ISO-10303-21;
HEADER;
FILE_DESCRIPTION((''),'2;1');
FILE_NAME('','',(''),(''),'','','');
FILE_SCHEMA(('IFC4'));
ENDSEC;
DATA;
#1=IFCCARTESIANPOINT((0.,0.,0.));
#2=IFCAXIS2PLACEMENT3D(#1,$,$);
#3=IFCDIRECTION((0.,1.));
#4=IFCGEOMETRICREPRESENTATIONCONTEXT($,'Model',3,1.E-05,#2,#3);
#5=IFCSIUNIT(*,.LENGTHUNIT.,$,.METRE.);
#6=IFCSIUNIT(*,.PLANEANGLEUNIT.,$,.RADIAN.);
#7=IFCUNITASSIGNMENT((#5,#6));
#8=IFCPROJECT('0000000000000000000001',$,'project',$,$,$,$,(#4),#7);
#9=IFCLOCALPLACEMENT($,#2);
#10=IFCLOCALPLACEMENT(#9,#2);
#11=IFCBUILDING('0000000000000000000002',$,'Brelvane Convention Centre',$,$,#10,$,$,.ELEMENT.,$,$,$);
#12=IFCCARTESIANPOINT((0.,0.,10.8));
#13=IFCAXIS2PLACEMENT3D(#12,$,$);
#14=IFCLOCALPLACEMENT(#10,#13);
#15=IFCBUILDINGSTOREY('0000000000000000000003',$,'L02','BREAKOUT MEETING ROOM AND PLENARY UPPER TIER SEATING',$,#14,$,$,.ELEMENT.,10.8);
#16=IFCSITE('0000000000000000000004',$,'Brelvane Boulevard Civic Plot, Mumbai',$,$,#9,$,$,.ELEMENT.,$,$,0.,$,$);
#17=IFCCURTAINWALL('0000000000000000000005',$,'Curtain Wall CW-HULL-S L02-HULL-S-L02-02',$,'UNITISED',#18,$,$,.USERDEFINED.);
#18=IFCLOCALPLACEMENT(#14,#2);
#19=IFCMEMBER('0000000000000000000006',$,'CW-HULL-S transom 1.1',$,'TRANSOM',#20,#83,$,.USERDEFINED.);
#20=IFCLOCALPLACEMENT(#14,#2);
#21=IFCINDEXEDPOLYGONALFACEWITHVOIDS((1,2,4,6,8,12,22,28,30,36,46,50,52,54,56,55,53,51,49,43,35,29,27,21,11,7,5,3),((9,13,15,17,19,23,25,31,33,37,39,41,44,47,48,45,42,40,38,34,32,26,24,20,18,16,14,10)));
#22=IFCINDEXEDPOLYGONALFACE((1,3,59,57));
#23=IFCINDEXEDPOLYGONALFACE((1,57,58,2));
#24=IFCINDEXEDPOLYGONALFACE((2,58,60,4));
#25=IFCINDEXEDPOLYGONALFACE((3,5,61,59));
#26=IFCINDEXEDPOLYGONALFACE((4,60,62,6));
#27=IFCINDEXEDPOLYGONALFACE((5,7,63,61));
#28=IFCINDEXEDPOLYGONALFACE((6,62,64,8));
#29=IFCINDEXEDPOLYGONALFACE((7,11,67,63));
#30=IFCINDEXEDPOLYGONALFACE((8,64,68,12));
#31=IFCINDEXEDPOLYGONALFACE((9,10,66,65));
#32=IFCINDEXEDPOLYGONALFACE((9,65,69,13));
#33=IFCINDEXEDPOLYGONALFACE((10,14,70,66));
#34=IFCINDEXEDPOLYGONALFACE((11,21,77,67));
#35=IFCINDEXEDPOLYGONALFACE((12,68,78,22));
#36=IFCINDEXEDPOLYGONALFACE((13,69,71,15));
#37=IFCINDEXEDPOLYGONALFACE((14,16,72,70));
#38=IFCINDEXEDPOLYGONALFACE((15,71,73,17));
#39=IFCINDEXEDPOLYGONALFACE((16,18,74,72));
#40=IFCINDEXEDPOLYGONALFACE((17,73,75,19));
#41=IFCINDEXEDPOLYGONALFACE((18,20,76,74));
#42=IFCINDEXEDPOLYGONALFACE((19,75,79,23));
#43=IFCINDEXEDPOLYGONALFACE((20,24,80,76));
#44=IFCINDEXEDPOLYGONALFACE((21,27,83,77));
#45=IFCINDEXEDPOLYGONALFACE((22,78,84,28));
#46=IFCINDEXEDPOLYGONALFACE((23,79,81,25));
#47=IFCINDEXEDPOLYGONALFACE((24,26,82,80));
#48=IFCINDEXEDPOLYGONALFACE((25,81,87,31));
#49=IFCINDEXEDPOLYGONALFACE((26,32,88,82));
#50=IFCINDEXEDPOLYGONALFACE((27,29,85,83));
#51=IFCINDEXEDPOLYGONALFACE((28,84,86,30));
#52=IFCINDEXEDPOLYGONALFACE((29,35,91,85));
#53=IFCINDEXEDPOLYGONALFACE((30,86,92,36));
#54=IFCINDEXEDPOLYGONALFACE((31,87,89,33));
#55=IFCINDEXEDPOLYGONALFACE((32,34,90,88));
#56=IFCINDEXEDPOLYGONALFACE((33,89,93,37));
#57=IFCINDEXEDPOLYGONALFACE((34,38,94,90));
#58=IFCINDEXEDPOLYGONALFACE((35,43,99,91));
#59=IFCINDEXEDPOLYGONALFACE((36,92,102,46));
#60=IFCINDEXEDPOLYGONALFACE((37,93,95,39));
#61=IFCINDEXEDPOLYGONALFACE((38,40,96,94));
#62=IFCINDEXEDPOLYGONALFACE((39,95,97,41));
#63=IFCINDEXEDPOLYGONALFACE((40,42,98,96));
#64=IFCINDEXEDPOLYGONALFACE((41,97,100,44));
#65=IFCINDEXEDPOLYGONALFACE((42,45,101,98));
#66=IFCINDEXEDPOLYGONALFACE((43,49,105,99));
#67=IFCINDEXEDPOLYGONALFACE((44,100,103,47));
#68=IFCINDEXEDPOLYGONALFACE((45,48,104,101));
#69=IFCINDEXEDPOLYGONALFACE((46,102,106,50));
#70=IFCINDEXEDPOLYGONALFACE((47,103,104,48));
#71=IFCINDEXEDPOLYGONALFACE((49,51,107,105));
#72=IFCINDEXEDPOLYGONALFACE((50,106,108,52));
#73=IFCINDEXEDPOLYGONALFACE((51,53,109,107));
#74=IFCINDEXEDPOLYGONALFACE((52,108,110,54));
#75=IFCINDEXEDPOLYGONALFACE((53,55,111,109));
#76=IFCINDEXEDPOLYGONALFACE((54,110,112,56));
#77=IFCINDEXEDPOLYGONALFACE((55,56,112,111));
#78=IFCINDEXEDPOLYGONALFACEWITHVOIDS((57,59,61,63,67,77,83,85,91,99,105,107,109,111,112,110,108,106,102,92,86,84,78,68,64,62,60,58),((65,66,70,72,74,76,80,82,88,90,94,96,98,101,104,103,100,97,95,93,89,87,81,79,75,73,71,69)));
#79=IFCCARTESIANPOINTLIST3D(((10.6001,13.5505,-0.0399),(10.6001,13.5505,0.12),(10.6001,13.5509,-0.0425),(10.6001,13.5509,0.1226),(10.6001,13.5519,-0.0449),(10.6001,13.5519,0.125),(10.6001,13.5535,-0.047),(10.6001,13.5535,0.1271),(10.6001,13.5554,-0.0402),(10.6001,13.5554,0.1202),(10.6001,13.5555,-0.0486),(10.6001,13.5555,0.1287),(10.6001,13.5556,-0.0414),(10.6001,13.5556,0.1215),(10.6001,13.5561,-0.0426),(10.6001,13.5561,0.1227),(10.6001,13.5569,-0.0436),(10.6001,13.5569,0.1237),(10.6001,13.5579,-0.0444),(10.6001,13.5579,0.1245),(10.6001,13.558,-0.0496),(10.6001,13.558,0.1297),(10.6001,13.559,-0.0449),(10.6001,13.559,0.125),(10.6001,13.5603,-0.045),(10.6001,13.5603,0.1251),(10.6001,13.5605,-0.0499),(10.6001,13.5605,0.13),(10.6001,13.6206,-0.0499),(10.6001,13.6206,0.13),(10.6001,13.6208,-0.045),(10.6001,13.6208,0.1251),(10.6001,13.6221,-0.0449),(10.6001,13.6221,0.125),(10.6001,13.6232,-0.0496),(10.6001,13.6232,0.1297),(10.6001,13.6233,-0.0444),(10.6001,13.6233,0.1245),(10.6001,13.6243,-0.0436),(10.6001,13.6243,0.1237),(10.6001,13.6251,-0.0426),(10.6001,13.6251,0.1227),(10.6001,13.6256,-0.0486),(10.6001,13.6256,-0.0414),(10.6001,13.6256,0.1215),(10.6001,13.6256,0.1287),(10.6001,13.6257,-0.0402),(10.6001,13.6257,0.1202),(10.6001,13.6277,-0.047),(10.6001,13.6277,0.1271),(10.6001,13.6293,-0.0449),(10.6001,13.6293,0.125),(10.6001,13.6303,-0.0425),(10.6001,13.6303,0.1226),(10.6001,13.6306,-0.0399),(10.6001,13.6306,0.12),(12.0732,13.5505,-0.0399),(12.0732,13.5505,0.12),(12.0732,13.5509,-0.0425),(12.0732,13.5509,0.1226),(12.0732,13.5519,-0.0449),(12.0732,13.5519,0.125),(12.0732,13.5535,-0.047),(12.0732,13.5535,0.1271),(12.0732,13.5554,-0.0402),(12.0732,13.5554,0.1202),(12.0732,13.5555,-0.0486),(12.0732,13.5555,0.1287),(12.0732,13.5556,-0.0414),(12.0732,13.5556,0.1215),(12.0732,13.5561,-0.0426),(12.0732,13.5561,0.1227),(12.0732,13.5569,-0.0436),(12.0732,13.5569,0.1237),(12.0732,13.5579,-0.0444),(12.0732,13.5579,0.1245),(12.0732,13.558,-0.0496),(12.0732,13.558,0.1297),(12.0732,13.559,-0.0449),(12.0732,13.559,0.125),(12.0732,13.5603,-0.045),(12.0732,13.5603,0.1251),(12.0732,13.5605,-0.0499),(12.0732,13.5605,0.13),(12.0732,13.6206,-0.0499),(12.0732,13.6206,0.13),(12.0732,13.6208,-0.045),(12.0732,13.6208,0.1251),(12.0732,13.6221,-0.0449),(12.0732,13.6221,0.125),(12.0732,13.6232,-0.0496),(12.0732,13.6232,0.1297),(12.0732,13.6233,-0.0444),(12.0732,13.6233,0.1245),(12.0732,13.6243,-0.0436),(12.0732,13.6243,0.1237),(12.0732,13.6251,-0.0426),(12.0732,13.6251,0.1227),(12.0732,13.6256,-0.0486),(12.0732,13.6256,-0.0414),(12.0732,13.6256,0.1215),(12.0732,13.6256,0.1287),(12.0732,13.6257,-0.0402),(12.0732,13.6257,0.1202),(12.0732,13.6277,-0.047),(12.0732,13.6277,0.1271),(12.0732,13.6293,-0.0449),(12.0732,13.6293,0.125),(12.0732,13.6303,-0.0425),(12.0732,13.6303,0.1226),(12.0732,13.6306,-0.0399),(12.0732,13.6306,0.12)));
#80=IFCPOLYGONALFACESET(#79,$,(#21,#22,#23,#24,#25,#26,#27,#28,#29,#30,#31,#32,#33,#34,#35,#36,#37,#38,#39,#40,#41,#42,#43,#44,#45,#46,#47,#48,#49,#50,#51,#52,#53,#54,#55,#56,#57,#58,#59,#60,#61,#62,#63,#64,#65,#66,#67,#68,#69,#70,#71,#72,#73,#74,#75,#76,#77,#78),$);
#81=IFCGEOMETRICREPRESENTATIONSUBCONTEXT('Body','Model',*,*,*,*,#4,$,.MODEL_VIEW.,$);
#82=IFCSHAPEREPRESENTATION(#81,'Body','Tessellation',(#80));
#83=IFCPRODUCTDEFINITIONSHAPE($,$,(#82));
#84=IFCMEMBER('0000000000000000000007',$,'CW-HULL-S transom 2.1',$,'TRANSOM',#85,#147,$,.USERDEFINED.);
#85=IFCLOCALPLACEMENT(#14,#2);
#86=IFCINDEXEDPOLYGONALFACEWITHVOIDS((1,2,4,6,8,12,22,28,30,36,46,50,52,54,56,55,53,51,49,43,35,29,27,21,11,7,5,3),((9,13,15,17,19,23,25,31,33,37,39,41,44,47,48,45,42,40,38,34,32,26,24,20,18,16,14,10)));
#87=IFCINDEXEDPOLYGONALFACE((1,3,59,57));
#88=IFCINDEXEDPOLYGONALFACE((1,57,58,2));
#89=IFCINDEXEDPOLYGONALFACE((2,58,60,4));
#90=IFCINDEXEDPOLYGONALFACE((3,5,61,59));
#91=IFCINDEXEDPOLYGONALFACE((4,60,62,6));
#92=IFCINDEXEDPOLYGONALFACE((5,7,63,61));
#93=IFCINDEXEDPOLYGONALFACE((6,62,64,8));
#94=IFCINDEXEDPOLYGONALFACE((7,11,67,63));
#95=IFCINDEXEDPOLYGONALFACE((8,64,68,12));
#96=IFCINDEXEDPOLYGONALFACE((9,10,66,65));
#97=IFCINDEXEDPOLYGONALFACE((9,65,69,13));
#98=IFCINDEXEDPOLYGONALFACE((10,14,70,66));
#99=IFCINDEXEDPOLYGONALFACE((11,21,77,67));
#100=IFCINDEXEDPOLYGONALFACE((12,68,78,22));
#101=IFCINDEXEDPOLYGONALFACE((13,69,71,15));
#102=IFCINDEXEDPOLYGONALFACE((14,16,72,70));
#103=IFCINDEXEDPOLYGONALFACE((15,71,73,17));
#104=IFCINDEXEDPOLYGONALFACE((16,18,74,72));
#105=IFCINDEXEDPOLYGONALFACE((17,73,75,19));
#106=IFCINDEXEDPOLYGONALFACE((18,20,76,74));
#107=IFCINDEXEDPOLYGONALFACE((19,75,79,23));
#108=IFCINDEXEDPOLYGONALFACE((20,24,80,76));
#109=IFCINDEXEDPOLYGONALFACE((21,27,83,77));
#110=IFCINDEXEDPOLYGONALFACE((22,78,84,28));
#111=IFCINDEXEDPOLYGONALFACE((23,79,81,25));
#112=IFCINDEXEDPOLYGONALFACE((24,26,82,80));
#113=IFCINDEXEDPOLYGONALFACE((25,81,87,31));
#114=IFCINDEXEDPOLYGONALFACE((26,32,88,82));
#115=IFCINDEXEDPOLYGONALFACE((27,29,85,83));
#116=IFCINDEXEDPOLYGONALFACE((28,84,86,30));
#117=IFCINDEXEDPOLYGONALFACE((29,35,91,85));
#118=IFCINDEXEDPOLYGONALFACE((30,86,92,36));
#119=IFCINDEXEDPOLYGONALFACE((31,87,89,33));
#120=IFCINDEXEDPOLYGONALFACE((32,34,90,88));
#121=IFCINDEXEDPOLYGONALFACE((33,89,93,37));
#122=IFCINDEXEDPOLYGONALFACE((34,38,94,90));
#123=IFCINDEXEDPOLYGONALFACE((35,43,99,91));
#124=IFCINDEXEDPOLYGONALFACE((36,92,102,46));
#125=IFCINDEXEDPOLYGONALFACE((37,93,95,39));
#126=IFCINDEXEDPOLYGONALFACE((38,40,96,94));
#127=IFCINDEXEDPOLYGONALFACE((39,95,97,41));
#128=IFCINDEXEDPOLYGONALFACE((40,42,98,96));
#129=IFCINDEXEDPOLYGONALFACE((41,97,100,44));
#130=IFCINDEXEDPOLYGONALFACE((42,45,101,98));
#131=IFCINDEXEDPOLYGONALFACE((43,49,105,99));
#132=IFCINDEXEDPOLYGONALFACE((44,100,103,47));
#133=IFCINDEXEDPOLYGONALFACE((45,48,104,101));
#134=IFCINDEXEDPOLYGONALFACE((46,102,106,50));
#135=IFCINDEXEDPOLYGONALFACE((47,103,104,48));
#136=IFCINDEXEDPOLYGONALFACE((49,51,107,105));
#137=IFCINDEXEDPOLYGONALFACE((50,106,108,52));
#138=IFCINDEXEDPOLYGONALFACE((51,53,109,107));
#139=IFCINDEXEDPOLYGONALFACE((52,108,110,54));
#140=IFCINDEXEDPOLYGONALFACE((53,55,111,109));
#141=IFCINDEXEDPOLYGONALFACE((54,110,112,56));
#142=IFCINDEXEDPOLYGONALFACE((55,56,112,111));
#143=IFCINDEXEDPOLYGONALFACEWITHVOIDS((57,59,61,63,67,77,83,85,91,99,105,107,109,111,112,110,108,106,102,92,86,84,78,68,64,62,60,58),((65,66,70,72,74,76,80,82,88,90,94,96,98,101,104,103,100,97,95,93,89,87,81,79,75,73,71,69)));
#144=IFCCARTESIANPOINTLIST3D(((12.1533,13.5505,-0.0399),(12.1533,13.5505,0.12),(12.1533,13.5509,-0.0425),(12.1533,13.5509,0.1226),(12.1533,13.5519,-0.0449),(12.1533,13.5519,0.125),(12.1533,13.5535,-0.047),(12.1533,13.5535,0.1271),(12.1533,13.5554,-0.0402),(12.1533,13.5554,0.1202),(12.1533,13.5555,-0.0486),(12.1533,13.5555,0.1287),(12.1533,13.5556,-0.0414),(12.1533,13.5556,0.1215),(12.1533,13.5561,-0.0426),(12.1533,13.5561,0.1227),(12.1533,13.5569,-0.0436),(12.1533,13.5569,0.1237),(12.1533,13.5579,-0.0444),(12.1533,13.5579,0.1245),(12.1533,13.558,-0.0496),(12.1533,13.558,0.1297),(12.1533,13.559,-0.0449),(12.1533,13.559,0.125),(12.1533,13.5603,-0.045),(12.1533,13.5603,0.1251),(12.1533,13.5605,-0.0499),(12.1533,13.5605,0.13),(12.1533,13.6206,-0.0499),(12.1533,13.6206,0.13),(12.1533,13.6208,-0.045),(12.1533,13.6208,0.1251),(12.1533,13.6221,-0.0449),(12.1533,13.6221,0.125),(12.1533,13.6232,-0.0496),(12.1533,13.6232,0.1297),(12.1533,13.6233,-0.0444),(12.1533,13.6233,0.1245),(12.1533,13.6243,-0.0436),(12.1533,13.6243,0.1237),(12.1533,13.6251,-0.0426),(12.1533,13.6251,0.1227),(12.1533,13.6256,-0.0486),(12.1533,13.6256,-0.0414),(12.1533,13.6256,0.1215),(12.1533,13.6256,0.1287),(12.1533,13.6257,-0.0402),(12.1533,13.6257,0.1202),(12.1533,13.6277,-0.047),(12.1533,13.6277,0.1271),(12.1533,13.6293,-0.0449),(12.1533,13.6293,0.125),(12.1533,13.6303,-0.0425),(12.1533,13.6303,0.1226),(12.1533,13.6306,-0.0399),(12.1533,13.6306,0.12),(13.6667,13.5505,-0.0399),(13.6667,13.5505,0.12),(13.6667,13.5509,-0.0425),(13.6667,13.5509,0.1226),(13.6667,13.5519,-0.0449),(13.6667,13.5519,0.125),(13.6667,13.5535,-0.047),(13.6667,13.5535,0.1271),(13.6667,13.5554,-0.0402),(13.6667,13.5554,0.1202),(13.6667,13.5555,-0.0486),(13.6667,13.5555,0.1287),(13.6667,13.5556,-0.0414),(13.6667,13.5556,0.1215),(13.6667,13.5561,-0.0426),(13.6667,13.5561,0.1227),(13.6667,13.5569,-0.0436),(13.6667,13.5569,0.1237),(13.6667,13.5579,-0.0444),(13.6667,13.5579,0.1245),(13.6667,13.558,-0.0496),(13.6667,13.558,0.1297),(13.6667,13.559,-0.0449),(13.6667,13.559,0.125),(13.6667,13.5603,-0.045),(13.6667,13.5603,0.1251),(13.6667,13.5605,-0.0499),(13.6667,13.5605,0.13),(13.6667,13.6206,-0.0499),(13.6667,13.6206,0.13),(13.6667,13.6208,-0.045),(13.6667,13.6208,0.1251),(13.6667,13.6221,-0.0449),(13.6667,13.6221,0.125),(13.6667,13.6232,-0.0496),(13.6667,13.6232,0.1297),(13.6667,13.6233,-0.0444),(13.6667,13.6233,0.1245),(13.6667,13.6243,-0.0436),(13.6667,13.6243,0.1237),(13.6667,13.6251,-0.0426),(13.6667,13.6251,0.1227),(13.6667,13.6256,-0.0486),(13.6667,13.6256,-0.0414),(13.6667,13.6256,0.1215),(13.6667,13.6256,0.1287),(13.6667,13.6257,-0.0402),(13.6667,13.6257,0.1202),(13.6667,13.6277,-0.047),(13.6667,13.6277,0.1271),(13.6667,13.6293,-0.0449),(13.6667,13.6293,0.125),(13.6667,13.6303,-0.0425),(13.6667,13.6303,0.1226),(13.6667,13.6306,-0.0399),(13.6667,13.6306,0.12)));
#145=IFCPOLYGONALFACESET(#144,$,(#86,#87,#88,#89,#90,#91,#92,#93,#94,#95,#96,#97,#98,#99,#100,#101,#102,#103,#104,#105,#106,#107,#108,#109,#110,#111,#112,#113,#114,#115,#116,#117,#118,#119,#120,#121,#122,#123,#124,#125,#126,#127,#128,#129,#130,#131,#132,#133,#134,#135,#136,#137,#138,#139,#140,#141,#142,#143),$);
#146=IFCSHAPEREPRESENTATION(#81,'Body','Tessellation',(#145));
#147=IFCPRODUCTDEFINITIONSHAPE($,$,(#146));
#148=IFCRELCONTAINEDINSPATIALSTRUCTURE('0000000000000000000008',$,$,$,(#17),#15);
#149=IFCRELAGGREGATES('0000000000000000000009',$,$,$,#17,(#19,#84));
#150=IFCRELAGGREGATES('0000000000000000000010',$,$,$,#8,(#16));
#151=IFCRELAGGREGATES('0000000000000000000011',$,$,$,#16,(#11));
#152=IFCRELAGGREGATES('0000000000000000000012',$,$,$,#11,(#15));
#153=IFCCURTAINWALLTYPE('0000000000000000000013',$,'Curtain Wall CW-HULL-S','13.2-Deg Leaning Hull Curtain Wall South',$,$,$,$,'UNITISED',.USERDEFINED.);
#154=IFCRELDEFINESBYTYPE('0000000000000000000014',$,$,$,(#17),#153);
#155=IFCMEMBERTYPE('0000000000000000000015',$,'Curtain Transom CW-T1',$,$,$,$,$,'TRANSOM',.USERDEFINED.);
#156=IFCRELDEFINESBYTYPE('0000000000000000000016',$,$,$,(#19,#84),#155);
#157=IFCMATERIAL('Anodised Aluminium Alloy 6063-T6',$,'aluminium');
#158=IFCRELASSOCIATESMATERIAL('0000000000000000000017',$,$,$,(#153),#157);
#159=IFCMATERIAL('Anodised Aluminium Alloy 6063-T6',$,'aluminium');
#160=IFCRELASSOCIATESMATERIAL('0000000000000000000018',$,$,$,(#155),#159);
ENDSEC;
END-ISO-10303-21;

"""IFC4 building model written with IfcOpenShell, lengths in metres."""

from ifc_helpers import new_model, si_unit, direction, frame, origin, origin_2d, place, context, subcontext, project, spatial, hollow_rectangle, extrude, material, material_profile, profile_set, type_object, element, aggregate, save


model = new_model("IFC4")

# Units and contexts
model_context = context("Model", 3, precision=1e-05, world=origin(), true_north=direction((0.0, 1.0)))
body_context = subcontext(model_context, "Body", "Model", "MODEL_VIEW")
ifc_project = project(units=[si_unit("LENGTHUNIT", "METRE"), si_unit("PLANEANGLEUNIT", "RADIAN")], contexts=[model_context])

# Site, building, storey
site_placement = place(None, origin())
site = spatial("IfcSite", under=ifc_project, at=site_placement, Name="Brelvane Boulevard Civic Plot, Mumbai", CompositionType="ELEMENT", RefElevation=0.0)
building_placement = place(site_placement, origin())
building = spatial("IfcBuilding", under=site, at=building_placement, Name="Brelvane Convention Centre", CompositionType="ELEMENT")
storey_placement = place(building_placement, frame((0.0, 0.0, 10.8)))
storey = spatial("IfcBuildingStorey", under=building, at=storey_placement, Name="L02", Description="BREAKOUT MEETING ROOM AND PLENARY UPPER TIER SEATING", CompositionType="ELEMENT", Elevation=10.8)

# Shared definitions
ifc_material_1 = material(Name="Anodised Aluminium Alloy 6063-T6", Category="aluminium")
curtain_wall_type = type_object("IfcCurtainWallType", Name="Curtain Wall CW-HULL-S", Description="13.2-Deg Leaning Hull Curtain Wall South", ElementType="UNITISED", PredefinedType="USERDEFINED", material=ifc_material_1)

# Curtain wall
curtain_wall_1_placement = place(storey_placement, origin())
curtain_wall_1 = element("IfcCurtainWall", 1, at=curtain_wall_1_placement, inside=storey, type_object=curtain_wall_type, Name="Curtain Wall CW-HULL-S L02-HULL-S-L02-02", ObjectType="UNITISED", PredefinedType="USERDEFINED")

# Members
ifc_material_2 = material(Name="Anodised Aluminium Alloy 6063-T6", Category="aluminium")
ifc_material_profile_1 = material_profile(ifc_material_2, hollow_rectangle(XDim=0.0801, YDim=0.1799, WallThickness=0.0049, InnerFilletRadius=0.0049, OuterFilletRadius=0.01, at=origin_2d()), Name="ALU-T 180x80x5.0")
ifc_profile_set_1 = profile_set([ifc_material_profile_1], Name="Anodised Aluminium Alloy 6063-T6")
member_type_1 = type_object("IfcMemberType", Name="Curtain Transom CW-T1", ElementType="TRANSOM", PredefinedType="USERDEFINED", material=ifc_profile_set_1)
member_1_placement = place(storey_placement, frame((10.6001, 13.5906, 0.04), z_axis=(1.0, 0.0, 0.0), x_axis=(0.0, 1.0, 0.0)))
member_1 = element("IfcMember", 2, at=member_1_placement, type_object=member_type_1, Name="CW-HULL-S transom 1.1", ObjectType="TRANSOM", PredefinedType="USERDEFINED", context=body_context, shape_type="SweptSolid", body=[
    extrude(hollow_rectangle(XDim=0.0801, YDim=0.1799, WallThickness=0.0049, InnerFilletRadius=0.0049, OuterFilletRadius=0.01, at=origin_2d()), origin(), (0.0, 0.0, 1.0), 1.4731),
])
member_2_placement = place(storey_placement, frame((12.1533, 13.5906, 0.04), z_axis=(1.0, 0.0, 0.0), x_axis=(0.0, 1.0, 0.0)))
member_2 = element("IfcMember", 3, at=member_2_placement, type_object=member_type_1, Name="CW-HULL-S transom 2.1", ObjectType="TRANSOM", PredefinedType="USERDEFINED", context=body_context, shape_type="SweptSolid", body=[
    extrude(hollow_rectangle(XDim=0.0801, YDim=0.1799, WallThickness=0.0049, InnerFilletRadius=0.0049, OuterFilletRadius=0.01, at=origin_2d()), origin(), (0.0, 0.0, 1.0), 1.5134),
])

aggregate(curtain_wall_1, [member_1, member_2])

save(model, "model.ifc")
